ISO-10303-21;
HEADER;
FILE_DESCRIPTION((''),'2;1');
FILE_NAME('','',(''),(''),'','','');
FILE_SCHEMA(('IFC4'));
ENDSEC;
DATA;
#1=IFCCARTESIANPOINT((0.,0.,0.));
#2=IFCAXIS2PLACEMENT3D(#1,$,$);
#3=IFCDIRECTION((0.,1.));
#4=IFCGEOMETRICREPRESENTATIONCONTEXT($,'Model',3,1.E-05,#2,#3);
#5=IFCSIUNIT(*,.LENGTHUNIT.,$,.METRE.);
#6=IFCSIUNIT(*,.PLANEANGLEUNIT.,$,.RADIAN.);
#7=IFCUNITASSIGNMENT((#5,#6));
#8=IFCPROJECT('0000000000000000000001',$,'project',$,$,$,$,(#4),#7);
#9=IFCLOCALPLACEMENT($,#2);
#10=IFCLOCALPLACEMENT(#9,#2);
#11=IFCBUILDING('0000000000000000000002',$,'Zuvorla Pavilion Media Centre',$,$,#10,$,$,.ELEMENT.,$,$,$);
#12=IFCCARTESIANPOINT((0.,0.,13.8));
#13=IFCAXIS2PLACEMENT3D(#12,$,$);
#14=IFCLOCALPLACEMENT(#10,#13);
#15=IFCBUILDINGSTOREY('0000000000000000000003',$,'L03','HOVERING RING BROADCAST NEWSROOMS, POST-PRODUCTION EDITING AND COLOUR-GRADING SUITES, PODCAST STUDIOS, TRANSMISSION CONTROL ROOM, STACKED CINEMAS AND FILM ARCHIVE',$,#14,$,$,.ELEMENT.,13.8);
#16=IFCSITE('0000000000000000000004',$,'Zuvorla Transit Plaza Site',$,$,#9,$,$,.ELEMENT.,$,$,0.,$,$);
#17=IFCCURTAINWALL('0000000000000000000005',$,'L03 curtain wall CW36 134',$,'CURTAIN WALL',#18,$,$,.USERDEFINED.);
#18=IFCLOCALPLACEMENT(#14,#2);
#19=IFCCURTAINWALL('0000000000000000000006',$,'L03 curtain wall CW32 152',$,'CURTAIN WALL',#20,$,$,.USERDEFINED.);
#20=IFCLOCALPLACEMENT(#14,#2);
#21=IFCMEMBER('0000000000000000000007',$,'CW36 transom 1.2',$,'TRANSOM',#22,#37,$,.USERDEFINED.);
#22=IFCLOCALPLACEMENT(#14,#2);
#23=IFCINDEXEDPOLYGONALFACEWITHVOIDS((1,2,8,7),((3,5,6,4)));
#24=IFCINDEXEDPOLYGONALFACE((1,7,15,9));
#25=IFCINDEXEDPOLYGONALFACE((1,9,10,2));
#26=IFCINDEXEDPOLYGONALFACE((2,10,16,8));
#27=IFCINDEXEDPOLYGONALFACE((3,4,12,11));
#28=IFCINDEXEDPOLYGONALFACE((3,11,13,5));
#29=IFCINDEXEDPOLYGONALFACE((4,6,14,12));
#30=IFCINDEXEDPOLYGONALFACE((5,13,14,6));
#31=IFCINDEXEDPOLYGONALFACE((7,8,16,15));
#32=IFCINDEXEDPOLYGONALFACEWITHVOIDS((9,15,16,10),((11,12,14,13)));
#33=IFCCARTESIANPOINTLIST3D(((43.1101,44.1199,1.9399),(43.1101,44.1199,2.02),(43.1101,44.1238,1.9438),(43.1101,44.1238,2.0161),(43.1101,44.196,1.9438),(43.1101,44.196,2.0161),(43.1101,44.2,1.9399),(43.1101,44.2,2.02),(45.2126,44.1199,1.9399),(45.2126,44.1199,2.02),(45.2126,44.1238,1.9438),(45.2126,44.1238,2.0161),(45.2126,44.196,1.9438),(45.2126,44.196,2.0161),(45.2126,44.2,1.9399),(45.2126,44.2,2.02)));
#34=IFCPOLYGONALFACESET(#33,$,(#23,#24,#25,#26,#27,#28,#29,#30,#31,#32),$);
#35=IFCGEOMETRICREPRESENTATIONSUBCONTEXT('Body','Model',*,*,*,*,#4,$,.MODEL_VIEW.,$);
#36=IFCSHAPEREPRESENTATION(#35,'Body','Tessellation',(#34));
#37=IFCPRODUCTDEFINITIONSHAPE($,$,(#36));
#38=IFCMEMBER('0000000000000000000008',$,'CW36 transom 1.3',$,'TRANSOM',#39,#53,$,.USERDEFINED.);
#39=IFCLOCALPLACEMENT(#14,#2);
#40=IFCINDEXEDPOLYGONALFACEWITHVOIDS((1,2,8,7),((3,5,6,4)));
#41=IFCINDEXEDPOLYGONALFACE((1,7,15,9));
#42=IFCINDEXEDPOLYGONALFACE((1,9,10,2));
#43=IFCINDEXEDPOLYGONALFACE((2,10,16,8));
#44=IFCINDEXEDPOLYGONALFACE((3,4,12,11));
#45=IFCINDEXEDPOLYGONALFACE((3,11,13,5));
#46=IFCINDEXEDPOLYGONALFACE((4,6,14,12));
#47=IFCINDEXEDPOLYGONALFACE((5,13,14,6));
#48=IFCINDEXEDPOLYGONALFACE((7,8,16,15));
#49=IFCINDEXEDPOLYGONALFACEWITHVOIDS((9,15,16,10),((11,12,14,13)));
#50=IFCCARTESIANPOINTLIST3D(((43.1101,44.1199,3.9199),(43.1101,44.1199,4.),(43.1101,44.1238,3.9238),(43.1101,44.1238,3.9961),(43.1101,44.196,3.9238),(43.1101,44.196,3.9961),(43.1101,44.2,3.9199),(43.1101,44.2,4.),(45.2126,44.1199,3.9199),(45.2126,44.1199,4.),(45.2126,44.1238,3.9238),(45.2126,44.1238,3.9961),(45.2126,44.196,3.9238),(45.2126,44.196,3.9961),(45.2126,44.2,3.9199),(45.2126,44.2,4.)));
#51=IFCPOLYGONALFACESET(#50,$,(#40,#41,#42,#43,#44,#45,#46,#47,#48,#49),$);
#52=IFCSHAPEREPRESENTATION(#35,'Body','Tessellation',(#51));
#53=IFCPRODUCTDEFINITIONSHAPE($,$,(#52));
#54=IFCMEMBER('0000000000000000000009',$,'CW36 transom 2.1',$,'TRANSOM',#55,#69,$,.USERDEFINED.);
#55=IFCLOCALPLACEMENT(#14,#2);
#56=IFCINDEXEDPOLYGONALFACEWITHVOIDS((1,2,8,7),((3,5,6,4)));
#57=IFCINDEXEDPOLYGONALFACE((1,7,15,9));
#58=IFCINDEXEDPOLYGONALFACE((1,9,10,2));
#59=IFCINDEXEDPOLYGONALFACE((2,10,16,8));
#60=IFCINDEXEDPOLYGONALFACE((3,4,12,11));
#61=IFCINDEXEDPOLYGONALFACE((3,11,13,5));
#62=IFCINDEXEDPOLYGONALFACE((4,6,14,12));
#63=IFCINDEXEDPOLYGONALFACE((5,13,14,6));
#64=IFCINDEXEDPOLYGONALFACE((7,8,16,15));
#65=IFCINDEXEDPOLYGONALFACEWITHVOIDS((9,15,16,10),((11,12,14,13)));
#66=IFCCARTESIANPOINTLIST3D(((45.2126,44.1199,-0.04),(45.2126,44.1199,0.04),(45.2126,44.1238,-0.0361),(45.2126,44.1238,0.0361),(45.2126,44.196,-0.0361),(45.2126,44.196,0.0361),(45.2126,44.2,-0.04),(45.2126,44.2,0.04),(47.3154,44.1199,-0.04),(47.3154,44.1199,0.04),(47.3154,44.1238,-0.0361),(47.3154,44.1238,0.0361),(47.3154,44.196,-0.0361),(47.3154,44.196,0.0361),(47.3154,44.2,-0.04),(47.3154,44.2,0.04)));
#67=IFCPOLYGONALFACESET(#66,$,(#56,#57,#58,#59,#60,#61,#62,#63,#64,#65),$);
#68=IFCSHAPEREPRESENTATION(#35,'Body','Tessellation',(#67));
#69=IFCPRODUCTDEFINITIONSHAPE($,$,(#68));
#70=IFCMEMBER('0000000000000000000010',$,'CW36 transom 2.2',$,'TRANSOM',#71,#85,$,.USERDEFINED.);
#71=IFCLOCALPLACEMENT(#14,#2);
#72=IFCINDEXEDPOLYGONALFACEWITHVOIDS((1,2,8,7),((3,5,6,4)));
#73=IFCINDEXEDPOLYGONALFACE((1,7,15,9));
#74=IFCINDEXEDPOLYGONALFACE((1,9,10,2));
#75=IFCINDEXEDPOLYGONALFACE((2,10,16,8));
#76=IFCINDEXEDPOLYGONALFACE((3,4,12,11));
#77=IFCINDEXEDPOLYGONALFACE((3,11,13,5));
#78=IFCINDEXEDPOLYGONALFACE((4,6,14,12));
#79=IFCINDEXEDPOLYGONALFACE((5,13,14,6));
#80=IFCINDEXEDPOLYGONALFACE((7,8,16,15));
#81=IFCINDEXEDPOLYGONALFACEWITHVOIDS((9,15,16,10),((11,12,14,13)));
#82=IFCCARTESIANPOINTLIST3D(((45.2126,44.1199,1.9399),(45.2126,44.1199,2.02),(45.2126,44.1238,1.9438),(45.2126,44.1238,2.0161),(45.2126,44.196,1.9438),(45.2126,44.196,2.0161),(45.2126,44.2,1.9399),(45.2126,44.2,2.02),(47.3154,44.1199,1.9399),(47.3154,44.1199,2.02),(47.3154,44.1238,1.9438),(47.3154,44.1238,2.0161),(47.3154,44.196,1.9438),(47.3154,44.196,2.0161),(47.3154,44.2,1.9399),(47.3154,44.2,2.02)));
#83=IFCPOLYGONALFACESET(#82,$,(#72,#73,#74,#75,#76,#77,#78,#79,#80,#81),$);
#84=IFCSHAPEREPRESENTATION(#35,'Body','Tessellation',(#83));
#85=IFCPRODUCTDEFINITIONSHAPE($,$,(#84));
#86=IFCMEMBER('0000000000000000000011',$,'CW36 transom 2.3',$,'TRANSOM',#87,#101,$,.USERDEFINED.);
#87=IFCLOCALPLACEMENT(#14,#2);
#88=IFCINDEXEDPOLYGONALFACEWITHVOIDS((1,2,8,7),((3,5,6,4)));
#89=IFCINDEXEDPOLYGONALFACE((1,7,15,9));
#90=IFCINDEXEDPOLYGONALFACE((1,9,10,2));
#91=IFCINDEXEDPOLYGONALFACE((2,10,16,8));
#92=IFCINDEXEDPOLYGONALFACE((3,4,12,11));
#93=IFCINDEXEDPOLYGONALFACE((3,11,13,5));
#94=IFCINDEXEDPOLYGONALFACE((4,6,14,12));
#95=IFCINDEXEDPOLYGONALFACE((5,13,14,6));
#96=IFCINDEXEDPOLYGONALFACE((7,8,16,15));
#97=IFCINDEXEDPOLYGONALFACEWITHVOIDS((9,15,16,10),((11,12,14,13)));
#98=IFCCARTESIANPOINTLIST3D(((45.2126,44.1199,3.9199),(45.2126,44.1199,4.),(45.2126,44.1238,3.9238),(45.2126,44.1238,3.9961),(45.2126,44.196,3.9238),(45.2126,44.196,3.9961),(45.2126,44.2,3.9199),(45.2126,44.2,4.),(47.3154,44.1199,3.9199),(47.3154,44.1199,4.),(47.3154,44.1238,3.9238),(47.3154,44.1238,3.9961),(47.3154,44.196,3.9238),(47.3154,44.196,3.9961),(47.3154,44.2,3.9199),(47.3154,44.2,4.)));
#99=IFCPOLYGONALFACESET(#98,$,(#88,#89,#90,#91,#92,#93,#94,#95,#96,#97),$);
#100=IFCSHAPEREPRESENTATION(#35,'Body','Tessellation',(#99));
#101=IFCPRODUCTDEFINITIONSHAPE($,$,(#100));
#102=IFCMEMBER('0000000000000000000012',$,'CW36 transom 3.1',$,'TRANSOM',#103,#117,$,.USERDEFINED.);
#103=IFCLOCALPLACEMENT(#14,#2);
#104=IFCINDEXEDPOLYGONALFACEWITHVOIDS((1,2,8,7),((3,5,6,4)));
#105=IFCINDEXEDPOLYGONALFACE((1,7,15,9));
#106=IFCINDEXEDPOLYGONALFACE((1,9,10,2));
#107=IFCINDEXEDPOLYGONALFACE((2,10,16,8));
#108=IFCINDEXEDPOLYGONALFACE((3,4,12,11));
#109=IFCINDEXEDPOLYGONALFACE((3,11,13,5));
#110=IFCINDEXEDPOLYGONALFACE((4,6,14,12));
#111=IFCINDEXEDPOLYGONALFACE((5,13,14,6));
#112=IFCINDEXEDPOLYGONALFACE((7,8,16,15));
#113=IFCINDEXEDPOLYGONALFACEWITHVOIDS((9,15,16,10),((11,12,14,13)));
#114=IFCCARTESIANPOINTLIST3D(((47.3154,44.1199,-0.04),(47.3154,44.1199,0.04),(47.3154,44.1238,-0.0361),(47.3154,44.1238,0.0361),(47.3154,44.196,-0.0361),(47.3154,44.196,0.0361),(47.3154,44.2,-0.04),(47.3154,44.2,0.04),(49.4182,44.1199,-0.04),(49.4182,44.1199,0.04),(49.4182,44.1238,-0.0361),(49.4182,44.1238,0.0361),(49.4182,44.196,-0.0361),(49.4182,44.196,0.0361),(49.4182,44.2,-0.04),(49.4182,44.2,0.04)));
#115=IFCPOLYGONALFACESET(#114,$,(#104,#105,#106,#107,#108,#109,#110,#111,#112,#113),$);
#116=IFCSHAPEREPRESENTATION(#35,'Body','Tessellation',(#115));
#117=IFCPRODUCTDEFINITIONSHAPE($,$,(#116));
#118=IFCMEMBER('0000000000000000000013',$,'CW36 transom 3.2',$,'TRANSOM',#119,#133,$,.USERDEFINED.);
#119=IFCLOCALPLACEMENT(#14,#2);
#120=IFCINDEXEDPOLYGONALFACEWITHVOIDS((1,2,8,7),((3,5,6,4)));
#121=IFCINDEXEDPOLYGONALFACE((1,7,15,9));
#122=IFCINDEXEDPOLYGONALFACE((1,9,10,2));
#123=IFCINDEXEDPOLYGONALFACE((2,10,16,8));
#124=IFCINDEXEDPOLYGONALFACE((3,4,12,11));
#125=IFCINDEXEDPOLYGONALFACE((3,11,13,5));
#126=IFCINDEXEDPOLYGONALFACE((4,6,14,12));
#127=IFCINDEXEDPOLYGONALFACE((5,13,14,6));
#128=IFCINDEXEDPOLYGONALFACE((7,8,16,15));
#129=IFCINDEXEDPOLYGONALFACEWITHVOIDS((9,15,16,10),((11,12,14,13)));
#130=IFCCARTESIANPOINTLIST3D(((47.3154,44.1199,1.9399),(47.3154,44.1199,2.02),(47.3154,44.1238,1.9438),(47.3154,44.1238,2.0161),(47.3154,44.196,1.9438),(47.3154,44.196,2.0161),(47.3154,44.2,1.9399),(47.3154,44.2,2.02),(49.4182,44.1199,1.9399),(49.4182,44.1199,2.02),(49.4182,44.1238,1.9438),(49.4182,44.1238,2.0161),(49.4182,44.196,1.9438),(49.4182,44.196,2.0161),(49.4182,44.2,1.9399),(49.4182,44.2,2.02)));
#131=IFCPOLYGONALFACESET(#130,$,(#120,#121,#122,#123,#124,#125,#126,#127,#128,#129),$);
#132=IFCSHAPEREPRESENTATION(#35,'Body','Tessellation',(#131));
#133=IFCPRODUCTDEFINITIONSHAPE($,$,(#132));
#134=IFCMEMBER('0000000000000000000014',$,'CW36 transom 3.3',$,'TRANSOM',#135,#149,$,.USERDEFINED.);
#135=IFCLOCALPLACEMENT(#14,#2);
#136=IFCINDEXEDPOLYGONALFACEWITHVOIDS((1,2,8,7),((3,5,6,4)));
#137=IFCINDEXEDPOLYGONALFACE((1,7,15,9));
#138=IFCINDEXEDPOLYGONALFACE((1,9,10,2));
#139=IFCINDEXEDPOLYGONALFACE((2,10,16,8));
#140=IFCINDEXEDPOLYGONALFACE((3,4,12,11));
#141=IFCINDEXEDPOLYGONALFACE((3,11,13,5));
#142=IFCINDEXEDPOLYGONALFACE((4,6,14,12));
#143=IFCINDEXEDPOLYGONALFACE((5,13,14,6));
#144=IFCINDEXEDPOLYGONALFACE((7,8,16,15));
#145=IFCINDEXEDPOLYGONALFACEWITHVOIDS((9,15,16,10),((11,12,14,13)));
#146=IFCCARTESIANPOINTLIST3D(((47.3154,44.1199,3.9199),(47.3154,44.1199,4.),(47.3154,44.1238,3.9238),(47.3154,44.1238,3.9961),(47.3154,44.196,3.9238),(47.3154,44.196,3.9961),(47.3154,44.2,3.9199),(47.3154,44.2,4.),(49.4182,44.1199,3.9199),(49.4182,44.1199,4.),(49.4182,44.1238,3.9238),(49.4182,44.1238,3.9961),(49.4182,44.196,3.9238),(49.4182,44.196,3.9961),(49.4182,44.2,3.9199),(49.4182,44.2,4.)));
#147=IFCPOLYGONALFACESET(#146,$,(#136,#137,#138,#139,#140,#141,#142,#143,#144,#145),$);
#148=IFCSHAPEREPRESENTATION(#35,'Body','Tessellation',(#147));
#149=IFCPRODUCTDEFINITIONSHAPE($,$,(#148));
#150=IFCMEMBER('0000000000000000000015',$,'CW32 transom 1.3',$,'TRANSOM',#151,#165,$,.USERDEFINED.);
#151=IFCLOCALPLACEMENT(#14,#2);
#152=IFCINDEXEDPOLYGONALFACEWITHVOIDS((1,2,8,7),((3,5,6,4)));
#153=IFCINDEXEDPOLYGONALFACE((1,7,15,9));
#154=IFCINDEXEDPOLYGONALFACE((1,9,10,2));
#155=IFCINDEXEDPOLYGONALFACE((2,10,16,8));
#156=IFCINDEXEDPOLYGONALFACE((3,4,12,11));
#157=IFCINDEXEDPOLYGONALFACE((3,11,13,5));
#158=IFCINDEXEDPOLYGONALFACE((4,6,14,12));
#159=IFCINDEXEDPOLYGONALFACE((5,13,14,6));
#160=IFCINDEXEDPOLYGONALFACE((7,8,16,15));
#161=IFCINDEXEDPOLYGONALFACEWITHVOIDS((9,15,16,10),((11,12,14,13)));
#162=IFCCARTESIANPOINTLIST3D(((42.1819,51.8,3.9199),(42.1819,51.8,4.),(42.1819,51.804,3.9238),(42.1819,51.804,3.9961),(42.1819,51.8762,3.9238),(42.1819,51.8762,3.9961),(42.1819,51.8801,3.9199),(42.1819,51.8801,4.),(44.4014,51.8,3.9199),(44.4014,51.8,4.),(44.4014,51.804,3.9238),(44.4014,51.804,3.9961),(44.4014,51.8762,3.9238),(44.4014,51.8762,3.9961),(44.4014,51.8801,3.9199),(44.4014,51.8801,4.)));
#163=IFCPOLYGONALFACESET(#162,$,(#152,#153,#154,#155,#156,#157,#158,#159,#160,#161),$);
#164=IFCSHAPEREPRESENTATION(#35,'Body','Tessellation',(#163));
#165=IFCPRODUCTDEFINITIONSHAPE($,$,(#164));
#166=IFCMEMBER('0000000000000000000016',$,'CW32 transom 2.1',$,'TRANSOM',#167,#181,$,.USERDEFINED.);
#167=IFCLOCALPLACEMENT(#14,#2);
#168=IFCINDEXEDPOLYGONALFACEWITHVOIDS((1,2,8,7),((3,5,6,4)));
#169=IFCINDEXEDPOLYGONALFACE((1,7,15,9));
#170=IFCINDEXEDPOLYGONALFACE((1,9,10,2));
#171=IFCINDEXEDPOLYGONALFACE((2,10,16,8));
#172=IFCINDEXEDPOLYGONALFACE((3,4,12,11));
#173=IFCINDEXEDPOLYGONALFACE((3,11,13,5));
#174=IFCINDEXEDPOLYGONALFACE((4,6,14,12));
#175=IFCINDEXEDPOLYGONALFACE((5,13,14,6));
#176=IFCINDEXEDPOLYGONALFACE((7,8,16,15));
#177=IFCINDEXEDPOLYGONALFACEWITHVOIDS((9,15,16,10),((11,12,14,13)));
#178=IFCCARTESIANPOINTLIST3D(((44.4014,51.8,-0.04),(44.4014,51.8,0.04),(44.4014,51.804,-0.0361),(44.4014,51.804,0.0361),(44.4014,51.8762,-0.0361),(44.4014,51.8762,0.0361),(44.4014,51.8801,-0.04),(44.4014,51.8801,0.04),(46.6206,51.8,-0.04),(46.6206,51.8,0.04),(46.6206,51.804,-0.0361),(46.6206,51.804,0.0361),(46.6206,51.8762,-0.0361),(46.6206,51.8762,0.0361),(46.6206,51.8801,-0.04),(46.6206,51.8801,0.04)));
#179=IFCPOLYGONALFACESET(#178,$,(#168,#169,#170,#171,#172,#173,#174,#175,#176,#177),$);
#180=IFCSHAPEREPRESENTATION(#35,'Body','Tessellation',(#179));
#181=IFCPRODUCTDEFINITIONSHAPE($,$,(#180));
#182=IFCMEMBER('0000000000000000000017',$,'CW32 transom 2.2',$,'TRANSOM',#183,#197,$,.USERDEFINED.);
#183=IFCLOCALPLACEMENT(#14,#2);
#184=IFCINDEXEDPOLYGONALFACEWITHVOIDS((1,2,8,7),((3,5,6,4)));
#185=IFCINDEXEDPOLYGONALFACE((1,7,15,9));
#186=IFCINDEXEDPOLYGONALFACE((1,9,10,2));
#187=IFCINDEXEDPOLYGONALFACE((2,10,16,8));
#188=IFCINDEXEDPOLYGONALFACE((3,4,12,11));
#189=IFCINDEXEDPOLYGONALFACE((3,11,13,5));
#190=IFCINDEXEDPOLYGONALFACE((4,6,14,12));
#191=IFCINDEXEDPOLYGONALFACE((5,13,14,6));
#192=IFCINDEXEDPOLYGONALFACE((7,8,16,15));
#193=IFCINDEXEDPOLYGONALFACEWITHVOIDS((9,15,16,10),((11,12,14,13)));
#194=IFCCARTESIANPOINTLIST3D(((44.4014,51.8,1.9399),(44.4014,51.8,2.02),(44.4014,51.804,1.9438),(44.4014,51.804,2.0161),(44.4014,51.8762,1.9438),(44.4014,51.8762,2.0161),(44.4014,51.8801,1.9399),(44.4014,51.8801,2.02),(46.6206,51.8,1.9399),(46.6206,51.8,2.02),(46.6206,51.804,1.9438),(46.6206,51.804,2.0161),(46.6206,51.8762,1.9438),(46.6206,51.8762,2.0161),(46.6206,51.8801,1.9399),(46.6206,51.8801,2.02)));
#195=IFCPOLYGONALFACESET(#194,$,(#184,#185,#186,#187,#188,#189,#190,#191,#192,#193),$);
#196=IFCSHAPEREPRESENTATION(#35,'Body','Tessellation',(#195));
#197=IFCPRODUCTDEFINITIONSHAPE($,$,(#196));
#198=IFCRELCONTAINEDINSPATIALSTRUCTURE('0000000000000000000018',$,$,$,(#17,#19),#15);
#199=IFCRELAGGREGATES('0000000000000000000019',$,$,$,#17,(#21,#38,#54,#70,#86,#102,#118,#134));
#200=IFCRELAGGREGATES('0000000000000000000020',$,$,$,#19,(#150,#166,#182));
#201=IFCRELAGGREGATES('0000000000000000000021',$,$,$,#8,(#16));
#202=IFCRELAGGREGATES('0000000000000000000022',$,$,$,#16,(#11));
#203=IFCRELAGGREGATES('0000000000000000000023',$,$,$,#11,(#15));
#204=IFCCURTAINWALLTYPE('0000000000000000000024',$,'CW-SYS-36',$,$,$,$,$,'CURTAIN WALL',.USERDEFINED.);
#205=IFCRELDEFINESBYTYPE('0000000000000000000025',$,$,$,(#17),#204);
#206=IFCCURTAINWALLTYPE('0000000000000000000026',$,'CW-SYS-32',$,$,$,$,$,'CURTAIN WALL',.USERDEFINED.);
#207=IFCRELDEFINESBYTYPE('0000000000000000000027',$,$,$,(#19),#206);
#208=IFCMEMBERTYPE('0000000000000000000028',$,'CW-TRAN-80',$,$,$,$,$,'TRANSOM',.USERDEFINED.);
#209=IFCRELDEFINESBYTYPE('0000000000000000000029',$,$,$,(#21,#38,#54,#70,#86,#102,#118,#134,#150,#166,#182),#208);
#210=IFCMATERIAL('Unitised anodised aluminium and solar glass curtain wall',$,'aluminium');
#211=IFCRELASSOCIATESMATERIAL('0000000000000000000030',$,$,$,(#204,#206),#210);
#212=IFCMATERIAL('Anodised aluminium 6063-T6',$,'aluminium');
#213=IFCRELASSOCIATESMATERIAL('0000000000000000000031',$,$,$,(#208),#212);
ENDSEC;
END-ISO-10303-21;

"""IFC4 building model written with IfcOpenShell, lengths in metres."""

from ifc_helpers import new_model, si_unit, direction, frame, origin, origin_2d, place, context, subcontext, project, spatial, hollow_rectangle, extrude, material, material_profile, profile_set, type_object, element, aggregate, save


model = new_model("IFC4")

# Units and contexts
model_context = context("Model", 3, precision=1e-05, world=origin(), true_north=direction((0.0, 1.0)))
body_context = subcontext(model_context, "Body", "Model", "MODEL_VIEW")
ifc_project = project(units=[si_unit("LENGTHUNIT", "METRE"), si_unit("PLANEANGLEUNIT", "RADIAN")], contexts=[model_context])

# Site, building, storey
site_placement = place(None, origin())
site = spatial("IfcSite", under=ifc_project, at=site_placement, Name="Zuvorla Transit Plaza Site", CompositionType="ELEMENT", RefElevation=0.0)
building_placement = place(site_placement, origin())
building = spatial("IfcBuilding", under=site, at=building_placement, Name="Zuvorla Pavilion Media Centre", CompositionType="ELEMENT")
storey_placement = place(building_placement, frame((0.0, 0.0, 13.8)))
storey = spatial("IfcBuildingStorey", under=building, at=storey_placement, Name="L03", Description="HOVERING RING BROADCAST NEWSROOMS, POST-PRODUCTION EDITING AND COLOUR-GRADING SUITES, PODCAST STUDIOS, TRANSMISSION CONTROL ROOM, STACKED CINEMAS AND FILM ARCHIVE", CompositionType="ELEMENT", Elevation=13.8)

# Curtain walls
ifc_material_1 = material(Name="Unitised anodised aluminium and solar glass curtain wall", Category="aluminium")
curtain_wall_type_1 = type_object("IfcCurtainWallType", Name="CW-SYS-36", ElementType="CURTAIN WALL", PredefinedType="USERDEFINED", material=ifc_material_1)
curtain_wall_1_placement = place(storey_placement, origin())
curtain_wall_1 = element("IfcCurtainWall", 1, at=curtain_wall_1_placement, inside=storey, type_object=curtain_wall_type_1, Name="L03 curtain wall CW36 134", ObjectType="CURTAIN WALL", PredefinedType="USERDEFINED")
ifc_material_2 = material(Name="Anodised aluminium 6063-T6", Category="aluminium")
curtain_wall_type_2 = type_object("IfcCurtainWallType", Name="CW-SYS-32", ElementType="CURTAIN WALL", PredefinedType="USERDEFINED", material=ifc_material_1)
curtain_wall_2_placement = place(storey_placement, origin())
curtain_wall_2 = element("IfcCurtainWall", 2, at=curtain_wall_2_placement, inside=storey, type_object=curtain_wall_type_2, Name="L03 curtain wall CW32 152", ObjectType="CURTAIN WALL", PredefinedType="USERDEFINED")

# Members
ifc_material_profile_1 = material_profile(ifc_material_2, hollow_rectangle(XDim=0.0801, YDim=0.0801, WallThickness=0.0039, at=origin_2d()), Name="ALU TRAN 80x80")
ifc_profile_set_1 = profile_set([ifc_material_profile_1], Name="Anodised aluminium 6063-T6")
member_type_1 = type_object("IfcMemberType", Name="CW-TRAN-80", ElementType="TRANSOM", PredefinedType="USERDEFINED", material=ifc_profile_set_1)
member_1_placement = place(storey_placement, frame((43.1101, 44.1599, 1.98), z_axis=(1.0, 0.0, 0.0), x_axis=(0.0, 1.0, 0.0)))
member_1 = element("IfcMember", 3, at=member_1_placement, type_object=member_type_1, Name="CW36 transom 1.2", ObjectType="TRANSOM", PredefinedType="USERDEFINED", context=body_context, shape_type="SweptSolid", body=[
    extrude(hollow_rectangle(XDim=0.0801, YDim=0.0801, WallThickness=0.0039, at=origin_2d()), origin(), (0.0, 0.0, 1.0), 2.1025),
])
member_2_placement = place(storey_placement, frame((43.1101, 44.1599, 3.96), z_axis=(1.0, 0.0, 0.0), x_axis=(0.0, 1.0, 0.0)))
member_2 = element("IfcMember", 4, at=member_2_placement, type_object=member_type_1, Name="CW36 transom 1.3", ObjectType="TRANSOM", PredefinedType="USERDEFINED", context=body_context, shape_type="SweptSolid", body=[
    extrude(hollow_rectangle(XDim=0.0801, YDim=0.0801, WallThickness=0.0039, at=origin_2d()), origin(), (0.0, 0.0, 1.0), 2.1025),
])
member_3_placement = place(storey_placement, frame((45.2126, 44.1599, 0.0), z_axis=(1.0, 0.0, 0.0), x_axis=(0.0, 1.0, 0.0)))
member_3 = element("IfcMember", 5, at=member_3_placement, type_object=member_type_1, Name="CW36 transom 2.1", ObjectType="TRANSOM", PredefinedType="USERDEFINED", context=body_context, shape_type="SweptSolid", body=[
    extrude(hollow_rectangle(XDim=0.0801, YDim=0.0801, WallThickness=0.0039, at=origin_2d()), origin(), (0.0, 0.0, 1.0), 2.1028),
])
member_4_placement = place(storey_placement, frame((45.2126, 44.1599, 1.98), z_axis=(1.0, 0.0, 0.0), x_axis=(0.0, 1.0, 0.0)))
member_4 = element("IfcMember", 6, at=member_4_placement, type_object=member_type_1, Name="CW36 transom 2.2", ObjectType="TRANSOM", PredefinedType="USERDEFINED", context=body_context, shape_type="SweptSolid", body=[
    extrude(hollow_rectangle(XDim=0.0801, YDim=0.0801, WallThickness=0.0039, at=origin_2d()), origin(), (0.0, 0.0, 1.0), 2.1028),
])
member_5_placement = place(storey_placement, frame((45.2126, 44.1599, 3.96), z_axis=(1.0, 0.0, 0.0), x_axis=(0.0, 1.0, 0.0)))
member_5 = element("IfcMember", 7, at=member_5_placement, type_object=member_type_1, Name="CW36 transom 2.3", ObjectType="TRANSOM", PredefinedType="USERDEFINED", context=body_context, shape_type="SweptSolid", body=[
    extrude(hollow_rectangle(XDim=0.0801, YDim=0.0801, WallThickness=0.0039, at=origin_2d()), origin(), (0.0, 0.0, 1.0), 2.1028),
])
member_6_placement = place(storey_placement, frame((47.3154, 44.1599, 0.0), z_axis=(1.0, 0.0, 0.0), x_axis=(0.0, 1.0, 0.0)))
member_6 = element("IfcMember", 8, at=member_6_placement, type_object=member_type_1, Name="CW36 transom 3.1", ObjectType="TRANSOM", PredefinedType="USERDEFINED", context=body_context, shape_type="SweptSolid", body=[
    extrude(hollow_rectangle(XDim=0.0801, YDim=0.0801, WallThickness=0.0039, at=origin_2d()), origin(), (0.0, 0.0, 1.0), 2.1028),
])
member_7_placement = place(storey_placement, frame((47.3154, 44.1599, 1.98), z_axis=(1.0, 0.0, 0.0), x_axis=(0.0, 1.0, 0.0)))
member_7 = element("IfcMember", 9, at=member_7_placement, type_object=member_type_1, Name="CW36 transom 3.2", ObjectType="TRANSOM", PredefinedType="USERDEFINED", context=body_context, shape_type="SweptSolid", body=[
    extrude(hollow_rectangle(XDim=0.0801, YDim=0.0801, WallThickness=0.0039, at=origin_2d()), origin(), (0.0, 0.0, 1.0), 2.1028),
])
member_8_placement = place(storey_placement, frame((47.3154, 44.1599, 3.96), z_axis=(1.0, 0.0, 0.0), x_axis=(0.0, 1.0, 0.0)))
member_8 = element("IfcMember", 10, at=member_8_placement, type_object=member_type_1, Name="CW36 transom 3.3", ObjectType="TRANSOM", PredefinedType="USERDEFINED", context=body_context, shape_type="SweptSolid", body=[
    extrude(hollow_rectangle(XDim=0.0801, YDim=0.0801, WallThickness=0.0039, at=origin_2d()), origin(), (0.0, 0.0, 1.0), 2.1028),
])
member_9_placement = place(storey_placement, frame((42.1819, 51.8401, 3.96), z_axis=(1.0, 0.0, 0.0), x_axis=(0.0, 1.0, 0.0)))
member_9 = element("IfcMember", 11, at=member_9_placement, type_object=member_type_1, Name="CW32 transom 1.3", ObjectType="TRANSOM", PredefinedType="USERDEFINED", context=body_context, shape_type="SweptSolid", body=[
    extrude(hollow_rectangle(XDim=0.0801, YDim=0.0801, WallThickness=0.0039, at=origin_2d()), origin(), (0.0, 0.0, 1.0), 2.2195),
])
member_10_placement = place(storey_placement, frame((44.4014, 51.8401, 0.0), z_axis=(1.0, 0.0, 0.0), x_axis=(0.0, 1.0, 0.0)))
member_10 = element("IfcMember", 12, at=member_10_placement, type_object=member_type_1, Name="CW32 transom 2.1", ObjectType="TRANSOM", PredefinedType="USERDEFINED", context=body_context, shape_type="SweptSolid", body=[
    extrude(hollow_rectangle(XDim=0.0801, YDim=0.0801, WallThickness=0.0039, at=origin_2d()), origin(), (0.0, 0.0, 1.0), 2.2192),
])
member_11_placement = place(storey_placement, frame((44.4014, 51.8401, 1.98), z_axis=(1.0, 0.0, 0.0), x_axis=(0.0, 1.0, 0.0)))
member_11 = element("IfcMember", 13, at=member_11_placement, type_object=member_type_1, Name="CW32 transom 2.2", ObjectType="TRANSOM", PredefinedType="USERDEFINED", context=body_context, shape_type="SweptSolid", body=[
    extrude(hollow_rectangle(XDim=0.0801, YDim=0.0801, WallThickness=0.0039, at=origin_2d()), origin(), (0.0, 0.0, 1.0), 2.2192),
])

aggregate(curtain_wall_1, [member_1, member_2, member_3, member_4, member_5, member_6, member_7, member_8])
aggregate(curtain_wall_2, [member_9, member_10, member_11])

save(model, "model.ifc")
